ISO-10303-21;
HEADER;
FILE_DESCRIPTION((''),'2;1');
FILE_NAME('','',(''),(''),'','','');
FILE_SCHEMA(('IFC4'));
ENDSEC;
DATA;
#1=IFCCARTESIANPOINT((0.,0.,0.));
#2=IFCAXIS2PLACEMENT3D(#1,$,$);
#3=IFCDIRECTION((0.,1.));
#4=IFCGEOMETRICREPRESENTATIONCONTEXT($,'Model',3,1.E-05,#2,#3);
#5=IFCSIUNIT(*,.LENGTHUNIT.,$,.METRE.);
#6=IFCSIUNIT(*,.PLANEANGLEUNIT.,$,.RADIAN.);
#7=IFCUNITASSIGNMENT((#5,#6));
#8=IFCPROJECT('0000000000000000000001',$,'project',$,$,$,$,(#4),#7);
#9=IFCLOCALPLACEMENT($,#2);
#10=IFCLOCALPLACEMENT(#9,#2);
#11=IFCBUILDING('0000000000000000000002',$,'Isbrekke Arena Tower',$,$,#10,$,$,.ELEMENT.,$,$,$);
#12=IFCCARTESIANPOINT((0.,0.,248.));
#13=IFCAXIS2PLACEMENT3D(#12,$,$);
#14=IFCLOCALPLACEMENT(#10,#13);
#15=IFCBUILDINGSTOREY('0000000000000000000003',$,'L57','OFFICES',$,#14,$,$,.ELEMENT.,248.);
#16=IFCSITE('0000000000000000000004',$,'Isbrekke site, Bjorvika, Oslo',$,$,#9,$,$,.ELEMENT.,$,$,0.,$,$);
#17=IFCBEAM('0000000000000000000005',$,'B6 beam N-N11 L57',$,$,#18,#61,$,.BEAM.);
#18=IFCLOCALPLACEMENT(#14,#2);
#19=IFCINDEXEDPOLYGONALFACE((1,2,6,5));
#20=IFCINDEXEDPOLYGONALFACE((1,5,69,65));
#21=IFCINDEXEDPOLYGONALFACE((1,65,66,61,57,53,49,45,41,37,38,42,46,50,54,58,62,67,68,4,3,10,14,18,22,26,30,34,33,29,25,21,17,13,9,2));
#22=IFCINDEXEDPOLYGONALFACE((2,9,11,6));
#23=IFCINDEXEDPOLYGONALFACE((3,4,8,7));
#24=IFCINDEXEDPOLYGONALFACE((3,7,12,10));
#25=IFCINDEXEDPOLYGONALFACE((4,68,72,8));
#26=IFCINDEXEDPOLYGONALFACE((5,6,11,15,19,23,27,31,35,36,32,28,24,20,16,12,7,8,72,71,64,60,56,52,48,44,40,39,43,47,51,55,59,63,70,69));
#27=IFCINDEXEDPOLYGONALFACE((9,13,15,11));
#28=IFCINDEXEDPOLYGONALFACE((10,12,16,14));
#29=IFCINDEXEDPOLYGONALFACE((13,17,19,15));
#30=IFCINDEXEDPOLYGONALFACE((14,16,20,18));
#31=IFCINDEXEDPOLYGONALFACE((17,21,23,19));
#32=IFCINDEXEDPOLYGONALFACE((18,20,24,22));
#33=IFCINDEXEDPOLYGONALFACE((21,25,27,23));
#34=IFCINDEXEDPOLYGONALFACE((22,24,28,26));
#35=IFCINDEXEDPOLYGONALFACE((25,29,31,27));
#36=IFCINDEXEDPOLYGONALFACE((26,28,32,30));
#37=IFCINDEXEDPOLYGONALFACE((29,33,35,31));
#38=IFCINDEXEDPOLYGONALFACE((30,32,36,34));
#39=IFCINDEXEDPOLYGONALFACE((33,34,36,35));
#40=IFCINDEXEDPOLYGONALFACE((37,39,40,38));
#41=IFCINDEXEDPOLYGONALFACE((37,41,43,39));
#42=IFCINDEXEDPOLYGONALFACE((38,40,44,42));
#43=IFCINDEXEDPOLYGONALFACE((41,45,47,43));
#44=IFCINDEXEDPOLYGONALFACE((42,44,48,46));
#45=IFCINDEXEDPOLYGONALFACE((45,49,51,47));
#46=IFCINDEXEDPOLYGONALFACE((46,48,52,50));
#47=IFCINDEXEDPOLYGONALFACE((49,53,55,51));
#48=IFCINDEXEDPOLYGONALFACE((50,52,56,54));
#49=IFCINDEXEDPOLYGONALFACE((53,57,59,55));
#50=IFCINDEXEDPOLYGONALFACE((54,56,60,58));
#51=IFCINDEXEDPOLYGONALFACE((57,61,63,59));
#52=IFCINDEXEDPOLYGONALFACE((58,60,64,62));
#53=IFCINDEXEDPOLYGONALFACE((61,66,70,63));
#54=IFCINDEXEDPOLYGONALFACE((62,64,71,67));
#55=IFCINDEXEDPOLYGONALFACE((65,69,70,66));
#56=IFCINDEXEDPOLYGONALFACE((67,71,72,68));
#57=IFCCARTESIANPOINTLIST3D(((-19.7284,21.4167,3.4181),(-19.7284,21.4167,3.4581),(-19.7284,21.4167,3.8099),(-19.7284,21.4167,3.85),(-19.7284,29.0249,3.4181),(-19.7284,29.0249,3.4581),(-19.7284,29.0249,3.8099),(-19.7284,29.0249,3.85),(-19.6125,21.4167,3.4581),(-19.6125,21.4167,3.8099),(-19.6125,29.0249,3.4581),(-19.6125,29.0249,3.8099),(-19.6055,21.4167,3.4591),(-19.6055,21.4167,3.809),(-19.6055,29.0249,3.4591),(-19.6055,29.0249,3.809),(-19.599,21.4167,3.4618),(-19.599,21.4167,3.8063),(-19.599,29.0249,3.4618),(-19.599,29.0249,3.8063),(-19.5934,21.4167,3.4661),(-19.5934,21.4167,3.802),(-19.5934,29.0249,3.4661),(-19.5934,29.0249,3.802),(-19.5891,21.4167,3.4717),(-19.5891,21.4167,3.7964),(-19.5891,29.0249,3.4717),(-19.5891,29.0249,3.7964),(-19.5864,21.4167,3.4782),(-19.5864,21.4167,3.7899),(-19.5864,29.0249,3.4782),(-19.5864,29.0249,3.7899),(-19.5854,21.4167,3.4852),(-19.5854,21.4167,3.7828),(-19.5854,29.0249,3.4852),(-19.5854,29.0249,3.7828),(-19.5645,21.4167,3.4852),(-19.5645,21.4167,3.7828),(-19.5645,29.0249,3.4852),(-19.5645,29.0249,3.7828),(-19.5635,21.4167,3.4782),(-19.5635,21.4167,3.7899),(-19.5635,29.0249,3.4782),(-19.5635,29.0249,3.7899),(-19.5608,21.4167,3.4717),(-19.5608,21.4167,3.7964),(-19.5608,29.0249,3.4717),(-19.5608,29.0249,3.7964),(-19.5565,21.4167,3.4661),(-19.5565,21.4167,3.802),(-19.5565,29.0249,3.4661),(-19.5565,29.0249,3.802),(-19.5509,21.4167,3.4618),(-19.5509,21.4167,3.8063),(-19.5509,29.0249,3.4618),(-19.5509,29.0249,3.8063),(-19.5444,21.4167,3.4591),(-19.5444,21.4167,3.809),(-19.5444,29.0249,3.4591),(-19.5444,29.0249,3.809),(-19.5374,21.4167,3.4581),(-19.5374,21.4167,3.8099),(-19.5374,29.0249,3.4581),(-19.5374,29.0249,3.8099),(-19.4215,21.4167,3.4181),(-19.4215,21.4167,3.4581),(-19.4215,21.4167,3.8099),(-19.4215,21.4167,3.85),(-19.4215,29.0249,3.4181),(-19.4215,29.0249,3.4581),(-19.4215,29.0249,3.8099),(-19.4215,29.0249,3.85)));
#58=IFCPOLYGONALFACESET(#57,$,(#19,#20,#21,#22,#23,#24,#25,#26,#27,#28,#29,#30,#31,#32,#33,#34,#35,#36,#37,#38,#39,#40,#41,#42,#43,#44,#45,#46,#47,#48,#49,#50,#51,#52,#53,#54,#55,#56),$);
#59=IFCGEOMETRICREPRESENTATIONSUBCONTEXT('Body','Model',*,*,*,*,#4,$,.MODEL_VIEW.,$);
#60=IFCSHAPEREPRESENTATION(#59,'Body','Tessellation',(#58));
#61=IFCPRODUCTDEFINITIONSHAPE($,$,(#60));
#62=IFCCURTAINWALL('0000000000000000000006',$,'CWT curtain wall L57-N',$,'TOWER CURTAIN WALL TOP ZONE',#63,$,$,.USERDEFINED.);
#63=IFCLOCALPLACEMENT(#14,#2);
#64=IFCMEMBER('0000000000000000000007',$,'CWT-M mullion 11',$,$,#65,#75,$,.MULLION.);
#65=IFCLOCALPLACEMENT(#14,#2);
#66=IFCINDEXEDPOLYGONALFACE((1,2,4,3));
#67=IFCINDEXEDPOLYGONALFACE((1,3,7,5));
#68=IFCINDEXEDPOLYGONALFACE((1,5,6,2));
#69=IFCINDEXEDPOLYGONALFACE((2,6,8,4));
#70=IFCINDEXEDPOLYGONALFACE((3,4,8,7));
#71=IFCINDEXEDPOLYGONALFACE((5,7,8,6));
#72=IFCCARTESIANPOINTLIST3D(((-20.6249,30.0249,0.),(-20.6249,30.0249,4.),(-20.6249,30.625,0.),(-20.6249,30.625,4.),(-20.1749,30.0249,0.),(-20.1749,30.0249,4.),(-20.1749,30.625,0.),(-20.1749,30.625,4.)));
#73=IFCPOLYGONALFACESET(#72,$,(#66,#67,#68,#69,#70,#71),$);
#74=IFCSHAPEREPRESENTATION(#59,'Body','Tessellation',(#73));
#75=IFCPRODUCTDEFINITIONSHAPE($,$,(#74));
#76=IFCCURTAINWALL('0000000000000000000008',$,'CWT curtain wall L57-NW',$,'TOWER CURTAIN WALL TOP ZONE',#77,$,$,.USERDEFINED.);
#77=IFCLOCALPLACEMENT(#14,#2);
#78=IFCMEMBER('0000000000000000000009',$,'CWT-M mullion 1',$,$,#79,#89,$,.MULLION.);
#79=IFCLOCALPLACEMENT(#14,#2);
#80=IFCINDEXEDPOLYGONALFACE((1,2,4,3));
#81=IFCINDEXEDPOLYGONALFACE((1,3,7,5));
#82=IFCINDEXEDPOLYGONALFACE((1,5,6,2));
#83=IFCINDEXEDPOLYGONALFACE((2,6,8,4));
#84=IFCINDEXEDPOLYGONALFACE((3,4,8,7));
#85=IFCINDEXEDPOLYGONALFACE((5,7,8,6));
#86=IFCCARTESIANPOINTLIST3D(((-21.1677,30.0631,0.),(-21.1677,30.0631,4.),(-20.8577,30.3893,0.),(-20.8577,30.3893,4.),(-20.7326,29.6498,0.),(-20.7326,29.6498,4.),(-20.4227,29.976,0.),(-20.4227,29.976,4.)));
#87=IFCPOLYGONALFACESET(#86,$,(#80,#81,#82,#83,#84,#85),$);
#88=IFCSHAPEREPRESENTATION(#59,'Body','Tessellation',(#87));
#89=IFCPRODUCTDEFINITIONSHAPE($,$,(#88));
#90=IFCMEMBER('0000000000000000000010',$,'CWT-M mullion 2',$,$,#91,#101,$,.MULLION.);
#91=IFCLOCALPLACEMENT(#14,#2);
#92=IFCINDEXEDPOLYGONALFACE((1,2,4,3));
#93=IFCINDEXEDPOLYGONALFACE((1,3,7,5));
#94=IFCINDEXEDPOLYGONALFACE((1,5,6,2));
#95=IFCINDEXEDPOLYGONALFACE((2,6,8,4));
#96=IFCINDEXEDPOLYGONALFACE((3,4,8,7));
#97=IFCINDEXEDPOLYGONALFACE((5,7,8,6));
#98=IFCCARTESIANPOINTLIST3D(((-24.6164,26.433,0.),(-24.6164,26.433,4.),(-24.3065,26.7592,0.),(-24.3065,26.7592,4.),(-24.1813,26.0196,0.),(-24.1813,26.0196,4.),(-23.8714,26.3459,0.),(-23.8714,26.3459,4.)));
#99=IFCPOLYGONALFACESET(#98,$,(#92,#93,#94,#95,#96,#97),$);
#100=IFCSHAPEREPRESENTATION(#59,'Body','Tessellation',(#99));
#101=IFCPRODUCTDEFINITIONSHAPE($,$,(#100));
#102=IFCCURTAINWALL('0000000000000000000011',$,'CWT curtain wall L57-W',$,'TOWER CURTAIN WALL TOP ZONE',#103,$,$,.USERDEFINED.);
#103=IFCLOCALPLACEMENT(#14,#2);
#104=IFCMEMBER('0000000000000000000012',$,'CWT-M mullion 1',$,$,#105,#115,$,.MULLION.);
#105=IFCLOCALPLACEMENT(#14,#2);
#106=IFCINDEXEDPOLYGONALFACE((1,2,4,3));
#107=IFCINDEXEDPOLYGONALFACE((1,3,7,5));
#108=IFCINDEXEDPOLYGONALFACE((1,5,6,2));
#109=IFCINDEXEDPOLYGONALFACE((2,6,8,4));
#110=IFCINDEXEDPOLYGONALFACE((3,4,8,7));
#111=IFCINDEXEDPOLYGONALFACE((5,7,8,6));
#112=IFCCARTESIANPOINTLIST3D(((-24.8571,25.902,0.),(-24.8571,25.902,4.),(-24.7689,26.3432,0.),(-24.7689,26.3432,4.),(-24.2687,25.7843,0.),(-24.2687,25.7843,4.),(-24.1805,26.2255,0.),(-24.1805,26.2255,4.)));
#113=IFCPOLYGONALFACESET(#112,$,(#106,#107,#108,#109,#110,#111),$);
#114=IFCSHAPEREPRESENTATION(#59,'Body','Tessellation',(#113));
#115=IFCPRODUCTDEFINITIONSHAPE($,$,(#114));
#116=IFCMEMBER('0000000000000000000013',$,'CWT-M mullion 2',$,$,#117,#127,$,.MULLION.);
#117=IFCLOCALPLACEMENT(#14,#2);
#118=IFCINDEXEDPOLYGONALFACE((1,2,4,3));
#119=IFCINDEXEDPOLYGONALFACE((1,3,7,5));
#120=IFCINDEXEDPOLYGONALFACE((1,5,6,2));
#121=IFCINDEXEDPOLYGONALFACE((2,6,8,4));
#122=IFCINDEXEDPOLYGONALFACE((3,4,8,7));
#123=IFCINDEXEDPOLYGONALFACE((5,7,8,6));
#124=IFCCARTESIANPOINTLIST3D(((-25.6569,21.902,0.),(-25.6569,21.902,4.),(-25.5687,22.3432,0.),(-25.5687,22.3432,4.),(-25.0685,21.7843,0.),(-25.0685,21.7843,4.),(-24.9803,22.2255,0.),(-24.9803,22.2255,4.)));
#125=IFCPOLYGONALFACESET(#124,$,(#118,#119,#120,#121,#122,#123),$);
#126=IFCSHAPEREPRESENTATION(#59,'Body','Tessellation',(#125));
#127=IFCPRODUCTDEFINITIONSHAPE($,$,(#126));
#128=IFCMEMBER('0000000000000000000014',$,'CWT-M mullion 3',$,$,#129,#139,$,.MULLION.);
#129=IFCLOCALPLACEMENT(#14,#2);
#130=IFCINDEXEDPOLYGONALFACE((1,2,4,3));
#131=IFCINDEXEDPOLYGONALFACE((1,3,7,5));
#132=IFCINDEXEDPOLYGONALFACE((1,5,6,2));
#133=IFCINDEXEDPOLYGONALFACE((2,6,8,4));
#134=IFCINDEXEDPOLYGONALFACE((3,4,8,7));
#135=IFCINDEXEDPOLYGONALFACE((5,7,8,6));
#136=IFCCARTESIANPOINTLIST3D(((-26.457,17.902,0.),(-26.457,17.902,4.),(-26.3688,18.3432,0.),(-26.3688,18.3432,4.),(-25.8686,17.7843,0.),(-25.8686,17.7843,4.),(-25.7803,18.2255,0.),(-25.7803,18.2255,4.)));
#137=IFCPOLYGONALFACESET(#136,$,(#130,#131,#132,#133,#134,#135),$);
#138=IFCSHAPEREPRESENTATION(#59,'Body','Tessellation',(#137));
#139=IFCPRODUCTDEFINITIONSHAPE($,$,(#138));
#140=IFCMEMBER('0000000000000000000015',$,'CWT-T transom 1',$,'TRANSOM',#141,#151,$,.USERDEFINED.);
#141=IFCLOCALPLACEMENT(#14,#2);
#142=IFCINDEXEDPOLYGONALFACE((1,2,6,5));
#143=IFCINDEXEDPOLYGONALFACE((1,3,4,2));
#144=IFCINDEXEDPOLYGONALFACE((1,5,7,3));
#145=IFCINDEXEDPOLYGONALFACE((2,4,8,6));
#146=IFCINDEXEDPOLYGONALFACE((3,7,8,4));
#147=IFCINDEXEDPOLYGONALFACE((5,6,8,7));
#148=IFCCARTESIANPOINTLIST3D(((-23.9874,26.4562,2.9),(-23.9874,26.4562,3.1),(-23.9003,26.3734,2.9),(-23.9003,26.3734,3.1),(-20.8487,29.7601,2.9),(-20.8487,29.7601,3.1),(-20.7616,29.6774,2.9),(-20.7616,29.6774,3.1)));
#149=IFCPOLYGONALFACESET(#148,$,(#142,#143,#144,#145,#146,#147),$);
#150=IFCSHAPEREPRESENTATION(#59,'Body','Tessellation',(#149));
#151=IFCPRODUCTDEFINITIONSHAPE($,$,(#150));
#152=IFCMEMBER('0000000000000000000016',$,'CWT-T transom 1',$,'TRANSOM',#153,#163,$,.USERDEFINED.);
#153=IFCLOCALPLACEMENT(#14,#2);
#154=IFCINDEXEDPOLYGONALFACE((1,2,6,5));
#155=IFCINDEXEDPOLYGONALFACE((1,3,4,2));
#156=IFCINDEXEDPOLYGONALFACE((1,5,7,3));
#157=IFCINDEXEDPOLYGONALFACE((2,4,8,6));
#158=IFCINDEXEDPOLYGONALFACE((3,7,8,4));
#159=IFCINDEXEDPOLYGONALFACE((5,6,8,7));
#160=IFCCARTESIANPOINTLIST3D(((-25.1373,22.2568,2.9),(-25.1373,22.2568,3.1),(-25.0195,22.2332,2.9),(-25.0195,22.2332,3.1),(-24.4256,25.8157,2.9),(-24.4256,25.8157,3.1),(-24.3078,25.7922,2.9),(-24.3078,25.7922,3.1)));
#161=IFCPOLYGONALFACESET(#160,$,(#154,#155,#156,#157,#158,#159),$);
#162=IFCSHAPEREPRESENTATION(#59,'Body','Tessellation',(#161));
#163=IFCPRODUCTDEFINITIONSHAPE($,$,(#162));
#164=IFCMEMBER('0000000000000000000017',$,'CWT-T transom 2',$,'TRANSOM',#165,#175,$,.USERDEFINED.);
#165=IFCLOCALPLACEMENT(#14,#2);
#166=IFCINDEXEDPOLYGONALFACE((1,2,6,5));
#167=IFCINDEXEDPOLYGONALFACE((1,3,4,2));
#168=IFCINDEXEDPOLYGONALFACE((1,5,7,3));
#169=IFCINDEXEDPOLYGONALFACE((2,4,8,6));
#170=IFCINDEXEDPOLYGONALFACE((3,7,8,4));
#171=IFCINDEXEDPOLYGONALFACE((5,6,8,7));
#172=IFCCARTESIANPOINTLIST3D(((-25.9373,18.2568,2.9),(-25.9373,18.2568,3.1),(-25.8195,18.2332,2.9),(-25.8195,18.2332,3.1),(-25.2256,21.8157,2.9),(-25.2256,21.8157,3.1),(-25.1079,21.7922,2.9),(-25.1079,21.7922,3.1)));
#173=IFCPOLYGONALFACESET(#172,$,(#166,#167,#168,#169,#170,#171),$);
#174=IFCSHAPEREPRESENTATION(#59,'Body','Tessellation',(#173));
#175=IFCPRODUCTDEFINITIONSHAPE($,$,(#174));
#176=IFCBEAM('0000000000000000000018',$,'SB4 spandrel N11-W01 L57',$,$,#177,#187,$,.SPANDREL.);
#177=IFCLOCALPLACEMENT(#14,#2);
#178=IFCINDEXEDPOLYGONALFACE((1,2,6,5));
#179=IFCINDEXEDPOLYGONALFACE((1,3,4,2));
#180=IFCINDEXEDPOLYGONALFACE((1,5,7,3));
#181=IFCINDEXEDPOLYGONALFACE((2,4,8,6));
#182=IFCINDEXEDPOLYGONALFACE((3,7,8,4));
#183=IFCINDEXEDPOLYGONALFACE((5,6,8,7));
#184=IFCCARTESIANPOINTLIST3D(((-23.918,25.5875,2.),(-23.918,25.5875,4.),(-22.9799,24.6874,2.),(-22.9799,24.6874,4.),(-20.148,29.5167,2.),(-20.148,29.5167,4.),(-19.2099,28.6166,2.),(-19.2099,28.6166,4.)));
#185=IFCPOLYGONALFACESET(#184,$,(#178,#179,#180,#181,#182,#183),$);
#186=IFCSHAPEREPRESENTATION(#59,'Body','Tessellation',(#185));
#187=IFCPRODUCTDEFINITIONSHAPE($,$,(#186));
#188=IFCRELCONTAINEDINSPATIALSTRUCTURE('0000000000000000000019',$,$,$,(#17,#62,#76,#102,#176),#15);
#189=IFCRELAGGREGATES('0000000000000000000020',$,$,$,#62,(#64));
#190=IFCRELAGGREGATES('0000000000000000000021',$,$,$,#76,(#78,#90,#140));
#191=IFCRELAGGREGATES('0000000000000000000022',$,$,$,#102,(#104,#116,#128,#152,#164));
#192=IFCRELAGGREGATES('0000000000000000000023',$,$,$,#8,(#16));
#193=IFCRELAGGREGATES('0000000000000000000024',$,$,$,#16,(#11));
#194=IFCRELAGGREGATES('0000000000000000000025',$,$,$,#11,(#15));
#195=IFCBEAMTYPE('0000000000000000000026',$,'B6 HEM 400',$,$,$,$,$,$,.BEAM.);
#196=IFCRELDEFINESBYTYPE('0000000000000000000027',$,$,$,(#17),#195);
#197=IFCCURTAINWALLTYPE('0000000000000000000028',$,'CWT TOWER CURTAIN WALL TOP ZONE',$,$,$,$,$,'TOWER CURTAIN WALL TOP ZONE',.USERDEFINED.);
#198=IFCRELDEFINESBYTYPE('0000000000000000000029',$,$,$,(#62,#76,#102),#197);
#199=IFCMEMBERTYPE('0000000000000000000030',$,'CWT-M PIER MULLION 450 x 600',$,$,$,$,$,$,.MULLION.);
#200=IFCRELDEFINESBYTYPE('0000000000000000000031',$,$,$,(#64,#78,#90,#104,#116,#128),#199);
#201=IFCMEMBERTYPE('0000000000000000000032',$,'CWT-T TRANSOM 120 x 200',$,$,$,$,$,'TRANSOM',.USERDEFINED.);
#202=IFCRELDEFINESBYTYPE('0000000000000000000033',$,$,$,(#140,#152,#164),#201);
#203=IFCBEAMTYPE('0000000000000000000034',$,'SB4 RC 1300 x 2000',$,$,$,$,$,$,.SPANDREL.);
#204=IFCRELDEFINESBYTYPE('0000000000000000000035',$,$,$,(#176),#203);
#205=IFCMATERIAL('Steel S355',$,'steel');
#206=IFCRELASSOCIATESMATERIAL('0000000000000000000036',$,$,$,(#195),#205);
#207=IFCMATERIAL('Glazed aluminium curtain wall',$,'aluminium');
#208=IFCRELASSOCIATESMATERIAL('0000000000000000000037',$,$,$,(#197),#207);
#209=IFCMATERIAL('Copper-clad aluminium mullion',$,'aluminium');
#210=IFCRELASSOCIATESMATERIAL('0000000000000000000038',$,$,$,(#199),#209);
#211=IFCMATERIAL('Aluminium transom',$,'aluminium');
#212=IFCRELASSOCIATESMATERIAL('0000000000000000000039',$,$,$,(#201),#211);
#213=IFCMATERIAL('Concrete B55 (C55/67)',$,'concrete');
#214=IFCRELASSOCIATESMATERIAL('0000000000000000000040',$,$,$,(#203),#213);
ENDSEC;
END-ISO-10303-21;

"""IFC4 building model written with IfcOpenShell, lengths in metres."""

from ifc_helpers import new_model, si_unit, direction, frame, origin, origin_2d, place, context, subcontext, project, spatial, rectangle, i_section, extrude, material, material_profile, profile_set, type_object, element, aggregate, save


model = new_model("IFC4")

# Units and contexts
model_context = context("Model", 3, precision=1e-05, world=origin(), true_north=direction((0.0, 1.0)))
body_context = subcontext(model_context, "Body", "Model", "MODEL_VIEW")
ifc_project = project(units=[si_unit("LENGTHUNIT", "METRE"), si_unit("PLANEANGLEUNIT", "RADIAN")], contexts=[model_context])

# Site, building, storey
site_placement = place(None, origin())
site = spatial("IfcSite", under=ifc_project, at=site_placement, Name="Isbrekke site, Bjorvika, Oslo", CompositionType="ELEMENT", RefElevation=0.0)
building_placement = place(site_placement, origin())
building = spatial("IfcBuilding", under=site, at=building_placement, Name="Isbrekke Arena Tower", CompositionType="ELEMENT")
storey_placement = place(building_placement, frame((0.0, 0.0, 248.0)))
storey = spatial("IfcBuildingStorey", under=building, at=storey_placement, Name="L57", Description="OFFICES", CompositionType="ELEMENT", Elevation=248.0)

# Beam
ifc_material_1 = material(Name="Steel S355", Category="steel")
ifc_material_profile_1 = material_profile(ifc_material_1, i_section(OverallWidth=0.3069, OverallDepth=0.4319, WebThickness=0.021, FlangeThickness=0.04, FilletRadius=0.0271, at=origin_2d()), Name="HEM 400")
ifc_profile_set_1 = profile_set([ifc_material_profile_1], Name="Steel S355")
beam_type_1 = type_object("IfcBeamType", Name="B6 HEM 400", PredefinedType="BEAM", material=ifc_profile_set_1)
beam_1_placement = place(storey_placement, frame((-19.575, 29.0249, 3.634), z_axis=(0.0, -1.0, 0.0), x_axis=(1.0, 0.0, 0.0)))
element("IfcBeam", 1, at=beam_1_placement, inside=storey, type_object=beam_type_1, Name="B6 beam N-N11 L57", PredefinedType="BEAM", context=body_context, shape_type="SweptSolid", body=[
    extrude(i_section(OverallWidth=0.3069, OverallDepth=0.4319, WebThickness=0.021, FlangeThickness=0.04, FilletRadius=0.0271, at=origin_2d()), origin(), (0.0, 0.0, 1.0), 7.6082),
])

# Curtain wall, member
ifc_material_2 = material(Name="Glazed aluminium curtain wall", Category="aluminium")
curtain_wall_type = type_object("IfcCurtainWallType", Name="CWT TOWER CURTAIN WALL TOP ZONE", ElementType="TOWER CURTAIN WALL TOP ZONE", PredefinedType="USERDEFINED", material=ifc_material_2)
curtain_wall_1_placement = place(storey_placement, origin())
curtain_wall_1 = element("IfcCurtainWall", 2, at=curtain_wall_1_placement, inside=storey, type_object=curtain_wall_type, Name="CWT curtain wall L57-N", ObjectType="TOWER CURTAIN WALL TOP ZONE", PredefinedType="USERDEFINED")
ifc_material_3 = material(Name="Copper-clad aluminium mullion", Category="aluminium")
ifc_material_profile_2 = material_profile(ifc_material_3, rectangle(XDim=0.45, YDim=0.6001, at=origin_2d()), Name="PIER 450X600")
ifc_profile_set_2 = profile_set([ifc_material_profile_2], Name="Copper-clad aluminium mullion")
member_type_1 = type_object("IfcMemberType", Name="CWT-M PIER MULLION 450 x 600", PredefinedType="MULLION", material=ifc_profile_set_2)
member_1_placement = place(storey_placement, frame((-20.3999, 30.325, 0.0), z_axis=(0.0, 0.0, 1.0), x_axis=(-1.0, 0.0, 0.0)))
member_1 = element("IfcMember", 3, at=member_1_placement, type_object=member_type_1, Name="CWT-M mullion 11", PredefinedType="MULLION", context=body_context, shape_type="SweptSolid", body=[
    extrude(rectangle(XDim=0.45, YDim=0.6001, at=origin_2d()), origin(), (0.0, 0.0, 1.0), 4.0),
])

# Curtain walls, members
curtain_wall_2_placement = place(storey_placement, origin())
curtain_wall_2 = element("IfcCurtainWall", 4, at=curtain_wall_2_placement, inside=storey, type_object=curtain_wall_type, Name="CWT curtain wall L57-NW", ObjectType="TOWER CURTAIN WALL TOP ZONE", PredefinedType="USERDEFINED")
member_2_placement = place(storey_placement, frame((-20.7952, 30.0195, 0.0), z_axis=(0.0, 0.0, 1.0), x_axis=(-0.688749, -0.724999, 0.0)))
member_2 = element("IfcMember", 5, at=member_2_placement, type_object=member_type_1, Name="CWT-M mullion 1", PredefinedType="MULLION", context=body_context, shape_type="SweptSolid", body=[
    extrude(rectangle(XDim=0.45, YDim=0.6001, at=origin_2d()), origin(), (0.0, 0.0, 1.0), 4.0),
])
member_3_placement = place(storey_placement, frame((-24.2439, 26.3894, 0.0), z_axis=(0.0, 0.0, 1.0), x_axis=(-0.688749, -0.724999, 0.0)))
member_3 = element("IfcMember", 6, at=member_3_placement, type_object=member_type_1, Name="CWT-M mullion 2", PredefinedType="MULLION", context=body_context, shape_type="SweptSolid", body=[
    extrude(rectangle(XDim=0.45, YDim=0.6001, at=origin_2d()), origin(), (0.0, 0.0, 1.0), 4.0),
])
curtain_wall_3_placement = place(storey_placement, origin())
curtain_wall_3 = element("IfcCurtainWall", 7, at=curtain_wall_3_placement, inside=storey, type_object=curtain_wall_type, Name="CWT curtain wall L57-W", ObjectType="TOWER CURTAIN WALL TOP ZONE", PredefinedType="USERDEFINED")
member_4_placement = place(storey_placement, frame((-24.5188, 26.0637, 0.0), z_axis=(0.0, 0.0, 1.0), x_axis=(-0.196116, -0.980581, 0.0)))
member_4 = element("IfcMember", 8, at=member_4_placement, type_object=member_type_1, Name="CWT-M mullion 1", PredefinedType="MULLION", context=body_context, shape_type="SweptSolid", body=[
    extrude(rectangle(XDim=0.45, YDim=0.6001, at=origin_2d()), origin(), (0.0, 0.0, 1.0), 4.0),
])
member_5_placement = place(storey_placement, frame((-25.3186, 22.0637, 0.0), z_axis=(0.0, 0.0, 1.0), x_axis=(-0.196116, -0.980581, 0.0)))
member_5 = element("IfcMember", 9, at=member_5_placement, type_object=member_type_1, Name="CWT-M mullion 2", PredefinedType="MULLION", context=body_context, shape_type="SweptSolid", body=[
    extrude(rectangle(XDim=0.45, YDim=0.6001, at=origin_2d()), origin(), (0.0, 0.0, 1.0), 4.0),
])
member_6_placement = place(storey_placement, frame((-26.1187, 18.0637, 0.0), z_axis=(0.0, 0.0, 1.0), x_axis=(-0.196116, -0.980581, 0.0)))
member_6 = element("IfcMember", 10, at=member_6_placement, type_object=member_type_1, Name="CWT-M mullion 3", PredefinedType="MULLION", context=body_context, shape_type="SweptSolid", body=[
    extrude(rectangle(XDim=0.45, YDim=0.6001, at=origin_2d()), origin(), (0.0, 0.0, 1.0), 4.0),
])

# Members
ifc_material_4 = material(Name="Aluminium transom", Category="aluminium")
ifc_material_profile_3 = material_profile(ifc_material_4, rectangle(XDim=0.1201, YDim=0.2, at=origin_2d()), Name="TRANSOM 120X200")
ifc_profile_set_3 = profile_set([ifc_material_profile_3], Name="Aluminium transom")
member_type_2 = type_object("IfcMemberType", Name="CWT-T TRANSOM 120 x 200", ElementType="TRANSOM", PredefinedType="USERDEFINED", material=ifc_profile_set_3)
member_7_placement = place(storey_placement, frame((-20.8052, 29.7188, 3.0), z_axis=(-0.68874, -0.725009, 0.0), x_axis=(0.725009, -0.68874, 0.0)))
member_7 = element("IfcMember", 11, at=member_7_placement, type_object=member_type_2, Name="CWT-T transom 1", ObjectType="TRANSOM", PredefinedType="USERDEFINED", context=body_context, shape_type="SweptSolid", body=[
    extrude(rectangle(XDim=0.1201, YDim=0.2, at=origin_2d()), origin(), (0.0, 0.0, 1.0), 4.5571),
])
member_8_placement = place(storey_placement, frame((-24.3667, 25.804, 3.0), z_axis=(-0.19609, -0.980586, 0.0), x_axis=(0.980586, -0.19609, 0.0)))
member_8 = element("IfcMember", 12, at=member_8_placement, type_object=member_type_2, Name="CWT-T transom 1", ObjectType="TRANSOM", PredefinedType="USERDEFINED", context=body_context, shape_type="SweptSolid", body=[
    extrude(rectangle(XDim=0.1201, YDim=0.2, at=origin_2d()), origin(), (0.0, 0.0, 1.0), 3.6294),
])
member_9_placement = place(storey_placement, frame((-25.1667, 21.804, 3.0), z_axis=(-0.19609, -0.980586, 0.0), x_axis=(0.980586, -0.19609, 0.0)))
member_9 = element("IfcMember", 13, at=member_9_placement, type_object=member_type_2, Name="CWT-T transom 2", ObjectType="TRANSOM", PredefinedType="USERDEFINED", context=body_context, shape_type="SweptSolid", body=[
    extrude(rectangle(XDim=0.1201, YDim=0.2, at=origin_2d()), origin(), (0.0, 0.0, 1.0), 3.6294),
])

# Beam
ifc_material_5 = material(Name="Concrete B55 (C55/67)", Category="concrete")
ifc_material_profile_4 = material_profile(ifc_material_5, rectangle(XDim=1.3, YDim=2.0, at=origin_2d()), Name="RC 1300x2000")
ifc_profile_set_4 = profile_set([ifc_material_profile_4], Name="Concrete B55 (C55/67)")
beam_type_2 = type_object("IfcBeamType", Name="SB4 RC 1300 x 2000", PredefinedType="SPANDREL", material=ifc_profile_set_4)
beam_2_placement = place(storey_placement, frame((-19.679, 29.0667, 3.0), z_axis=(-0.69234, -0.721572, 0.0), x_axis=(0.721572, -0.69234, 0.0)))
element("IfcBeam", 14, at=beam_2_placement, inside=storey, type_object=beam_type_2, Name="SB4 spandrel N11-W01 L57", PredefinedType="SPANDREL", context=body_context, shape_type="SweptSolid", body=[
    extrude(rectangle(XDim=1.3, YDim=2.0, at=origin_2d()), origin(), (0.0, 0.0, 1.0), 5.4453),
])

aggregate(curtain_wall_1, [member_1])
aggregate(curtain_wall_2, [member_2, member_3, member_7])
aggregate(curtain_wall_3, [member_4, member_5, member_6, member_8, member_9])

save(model, "model.ifc")
